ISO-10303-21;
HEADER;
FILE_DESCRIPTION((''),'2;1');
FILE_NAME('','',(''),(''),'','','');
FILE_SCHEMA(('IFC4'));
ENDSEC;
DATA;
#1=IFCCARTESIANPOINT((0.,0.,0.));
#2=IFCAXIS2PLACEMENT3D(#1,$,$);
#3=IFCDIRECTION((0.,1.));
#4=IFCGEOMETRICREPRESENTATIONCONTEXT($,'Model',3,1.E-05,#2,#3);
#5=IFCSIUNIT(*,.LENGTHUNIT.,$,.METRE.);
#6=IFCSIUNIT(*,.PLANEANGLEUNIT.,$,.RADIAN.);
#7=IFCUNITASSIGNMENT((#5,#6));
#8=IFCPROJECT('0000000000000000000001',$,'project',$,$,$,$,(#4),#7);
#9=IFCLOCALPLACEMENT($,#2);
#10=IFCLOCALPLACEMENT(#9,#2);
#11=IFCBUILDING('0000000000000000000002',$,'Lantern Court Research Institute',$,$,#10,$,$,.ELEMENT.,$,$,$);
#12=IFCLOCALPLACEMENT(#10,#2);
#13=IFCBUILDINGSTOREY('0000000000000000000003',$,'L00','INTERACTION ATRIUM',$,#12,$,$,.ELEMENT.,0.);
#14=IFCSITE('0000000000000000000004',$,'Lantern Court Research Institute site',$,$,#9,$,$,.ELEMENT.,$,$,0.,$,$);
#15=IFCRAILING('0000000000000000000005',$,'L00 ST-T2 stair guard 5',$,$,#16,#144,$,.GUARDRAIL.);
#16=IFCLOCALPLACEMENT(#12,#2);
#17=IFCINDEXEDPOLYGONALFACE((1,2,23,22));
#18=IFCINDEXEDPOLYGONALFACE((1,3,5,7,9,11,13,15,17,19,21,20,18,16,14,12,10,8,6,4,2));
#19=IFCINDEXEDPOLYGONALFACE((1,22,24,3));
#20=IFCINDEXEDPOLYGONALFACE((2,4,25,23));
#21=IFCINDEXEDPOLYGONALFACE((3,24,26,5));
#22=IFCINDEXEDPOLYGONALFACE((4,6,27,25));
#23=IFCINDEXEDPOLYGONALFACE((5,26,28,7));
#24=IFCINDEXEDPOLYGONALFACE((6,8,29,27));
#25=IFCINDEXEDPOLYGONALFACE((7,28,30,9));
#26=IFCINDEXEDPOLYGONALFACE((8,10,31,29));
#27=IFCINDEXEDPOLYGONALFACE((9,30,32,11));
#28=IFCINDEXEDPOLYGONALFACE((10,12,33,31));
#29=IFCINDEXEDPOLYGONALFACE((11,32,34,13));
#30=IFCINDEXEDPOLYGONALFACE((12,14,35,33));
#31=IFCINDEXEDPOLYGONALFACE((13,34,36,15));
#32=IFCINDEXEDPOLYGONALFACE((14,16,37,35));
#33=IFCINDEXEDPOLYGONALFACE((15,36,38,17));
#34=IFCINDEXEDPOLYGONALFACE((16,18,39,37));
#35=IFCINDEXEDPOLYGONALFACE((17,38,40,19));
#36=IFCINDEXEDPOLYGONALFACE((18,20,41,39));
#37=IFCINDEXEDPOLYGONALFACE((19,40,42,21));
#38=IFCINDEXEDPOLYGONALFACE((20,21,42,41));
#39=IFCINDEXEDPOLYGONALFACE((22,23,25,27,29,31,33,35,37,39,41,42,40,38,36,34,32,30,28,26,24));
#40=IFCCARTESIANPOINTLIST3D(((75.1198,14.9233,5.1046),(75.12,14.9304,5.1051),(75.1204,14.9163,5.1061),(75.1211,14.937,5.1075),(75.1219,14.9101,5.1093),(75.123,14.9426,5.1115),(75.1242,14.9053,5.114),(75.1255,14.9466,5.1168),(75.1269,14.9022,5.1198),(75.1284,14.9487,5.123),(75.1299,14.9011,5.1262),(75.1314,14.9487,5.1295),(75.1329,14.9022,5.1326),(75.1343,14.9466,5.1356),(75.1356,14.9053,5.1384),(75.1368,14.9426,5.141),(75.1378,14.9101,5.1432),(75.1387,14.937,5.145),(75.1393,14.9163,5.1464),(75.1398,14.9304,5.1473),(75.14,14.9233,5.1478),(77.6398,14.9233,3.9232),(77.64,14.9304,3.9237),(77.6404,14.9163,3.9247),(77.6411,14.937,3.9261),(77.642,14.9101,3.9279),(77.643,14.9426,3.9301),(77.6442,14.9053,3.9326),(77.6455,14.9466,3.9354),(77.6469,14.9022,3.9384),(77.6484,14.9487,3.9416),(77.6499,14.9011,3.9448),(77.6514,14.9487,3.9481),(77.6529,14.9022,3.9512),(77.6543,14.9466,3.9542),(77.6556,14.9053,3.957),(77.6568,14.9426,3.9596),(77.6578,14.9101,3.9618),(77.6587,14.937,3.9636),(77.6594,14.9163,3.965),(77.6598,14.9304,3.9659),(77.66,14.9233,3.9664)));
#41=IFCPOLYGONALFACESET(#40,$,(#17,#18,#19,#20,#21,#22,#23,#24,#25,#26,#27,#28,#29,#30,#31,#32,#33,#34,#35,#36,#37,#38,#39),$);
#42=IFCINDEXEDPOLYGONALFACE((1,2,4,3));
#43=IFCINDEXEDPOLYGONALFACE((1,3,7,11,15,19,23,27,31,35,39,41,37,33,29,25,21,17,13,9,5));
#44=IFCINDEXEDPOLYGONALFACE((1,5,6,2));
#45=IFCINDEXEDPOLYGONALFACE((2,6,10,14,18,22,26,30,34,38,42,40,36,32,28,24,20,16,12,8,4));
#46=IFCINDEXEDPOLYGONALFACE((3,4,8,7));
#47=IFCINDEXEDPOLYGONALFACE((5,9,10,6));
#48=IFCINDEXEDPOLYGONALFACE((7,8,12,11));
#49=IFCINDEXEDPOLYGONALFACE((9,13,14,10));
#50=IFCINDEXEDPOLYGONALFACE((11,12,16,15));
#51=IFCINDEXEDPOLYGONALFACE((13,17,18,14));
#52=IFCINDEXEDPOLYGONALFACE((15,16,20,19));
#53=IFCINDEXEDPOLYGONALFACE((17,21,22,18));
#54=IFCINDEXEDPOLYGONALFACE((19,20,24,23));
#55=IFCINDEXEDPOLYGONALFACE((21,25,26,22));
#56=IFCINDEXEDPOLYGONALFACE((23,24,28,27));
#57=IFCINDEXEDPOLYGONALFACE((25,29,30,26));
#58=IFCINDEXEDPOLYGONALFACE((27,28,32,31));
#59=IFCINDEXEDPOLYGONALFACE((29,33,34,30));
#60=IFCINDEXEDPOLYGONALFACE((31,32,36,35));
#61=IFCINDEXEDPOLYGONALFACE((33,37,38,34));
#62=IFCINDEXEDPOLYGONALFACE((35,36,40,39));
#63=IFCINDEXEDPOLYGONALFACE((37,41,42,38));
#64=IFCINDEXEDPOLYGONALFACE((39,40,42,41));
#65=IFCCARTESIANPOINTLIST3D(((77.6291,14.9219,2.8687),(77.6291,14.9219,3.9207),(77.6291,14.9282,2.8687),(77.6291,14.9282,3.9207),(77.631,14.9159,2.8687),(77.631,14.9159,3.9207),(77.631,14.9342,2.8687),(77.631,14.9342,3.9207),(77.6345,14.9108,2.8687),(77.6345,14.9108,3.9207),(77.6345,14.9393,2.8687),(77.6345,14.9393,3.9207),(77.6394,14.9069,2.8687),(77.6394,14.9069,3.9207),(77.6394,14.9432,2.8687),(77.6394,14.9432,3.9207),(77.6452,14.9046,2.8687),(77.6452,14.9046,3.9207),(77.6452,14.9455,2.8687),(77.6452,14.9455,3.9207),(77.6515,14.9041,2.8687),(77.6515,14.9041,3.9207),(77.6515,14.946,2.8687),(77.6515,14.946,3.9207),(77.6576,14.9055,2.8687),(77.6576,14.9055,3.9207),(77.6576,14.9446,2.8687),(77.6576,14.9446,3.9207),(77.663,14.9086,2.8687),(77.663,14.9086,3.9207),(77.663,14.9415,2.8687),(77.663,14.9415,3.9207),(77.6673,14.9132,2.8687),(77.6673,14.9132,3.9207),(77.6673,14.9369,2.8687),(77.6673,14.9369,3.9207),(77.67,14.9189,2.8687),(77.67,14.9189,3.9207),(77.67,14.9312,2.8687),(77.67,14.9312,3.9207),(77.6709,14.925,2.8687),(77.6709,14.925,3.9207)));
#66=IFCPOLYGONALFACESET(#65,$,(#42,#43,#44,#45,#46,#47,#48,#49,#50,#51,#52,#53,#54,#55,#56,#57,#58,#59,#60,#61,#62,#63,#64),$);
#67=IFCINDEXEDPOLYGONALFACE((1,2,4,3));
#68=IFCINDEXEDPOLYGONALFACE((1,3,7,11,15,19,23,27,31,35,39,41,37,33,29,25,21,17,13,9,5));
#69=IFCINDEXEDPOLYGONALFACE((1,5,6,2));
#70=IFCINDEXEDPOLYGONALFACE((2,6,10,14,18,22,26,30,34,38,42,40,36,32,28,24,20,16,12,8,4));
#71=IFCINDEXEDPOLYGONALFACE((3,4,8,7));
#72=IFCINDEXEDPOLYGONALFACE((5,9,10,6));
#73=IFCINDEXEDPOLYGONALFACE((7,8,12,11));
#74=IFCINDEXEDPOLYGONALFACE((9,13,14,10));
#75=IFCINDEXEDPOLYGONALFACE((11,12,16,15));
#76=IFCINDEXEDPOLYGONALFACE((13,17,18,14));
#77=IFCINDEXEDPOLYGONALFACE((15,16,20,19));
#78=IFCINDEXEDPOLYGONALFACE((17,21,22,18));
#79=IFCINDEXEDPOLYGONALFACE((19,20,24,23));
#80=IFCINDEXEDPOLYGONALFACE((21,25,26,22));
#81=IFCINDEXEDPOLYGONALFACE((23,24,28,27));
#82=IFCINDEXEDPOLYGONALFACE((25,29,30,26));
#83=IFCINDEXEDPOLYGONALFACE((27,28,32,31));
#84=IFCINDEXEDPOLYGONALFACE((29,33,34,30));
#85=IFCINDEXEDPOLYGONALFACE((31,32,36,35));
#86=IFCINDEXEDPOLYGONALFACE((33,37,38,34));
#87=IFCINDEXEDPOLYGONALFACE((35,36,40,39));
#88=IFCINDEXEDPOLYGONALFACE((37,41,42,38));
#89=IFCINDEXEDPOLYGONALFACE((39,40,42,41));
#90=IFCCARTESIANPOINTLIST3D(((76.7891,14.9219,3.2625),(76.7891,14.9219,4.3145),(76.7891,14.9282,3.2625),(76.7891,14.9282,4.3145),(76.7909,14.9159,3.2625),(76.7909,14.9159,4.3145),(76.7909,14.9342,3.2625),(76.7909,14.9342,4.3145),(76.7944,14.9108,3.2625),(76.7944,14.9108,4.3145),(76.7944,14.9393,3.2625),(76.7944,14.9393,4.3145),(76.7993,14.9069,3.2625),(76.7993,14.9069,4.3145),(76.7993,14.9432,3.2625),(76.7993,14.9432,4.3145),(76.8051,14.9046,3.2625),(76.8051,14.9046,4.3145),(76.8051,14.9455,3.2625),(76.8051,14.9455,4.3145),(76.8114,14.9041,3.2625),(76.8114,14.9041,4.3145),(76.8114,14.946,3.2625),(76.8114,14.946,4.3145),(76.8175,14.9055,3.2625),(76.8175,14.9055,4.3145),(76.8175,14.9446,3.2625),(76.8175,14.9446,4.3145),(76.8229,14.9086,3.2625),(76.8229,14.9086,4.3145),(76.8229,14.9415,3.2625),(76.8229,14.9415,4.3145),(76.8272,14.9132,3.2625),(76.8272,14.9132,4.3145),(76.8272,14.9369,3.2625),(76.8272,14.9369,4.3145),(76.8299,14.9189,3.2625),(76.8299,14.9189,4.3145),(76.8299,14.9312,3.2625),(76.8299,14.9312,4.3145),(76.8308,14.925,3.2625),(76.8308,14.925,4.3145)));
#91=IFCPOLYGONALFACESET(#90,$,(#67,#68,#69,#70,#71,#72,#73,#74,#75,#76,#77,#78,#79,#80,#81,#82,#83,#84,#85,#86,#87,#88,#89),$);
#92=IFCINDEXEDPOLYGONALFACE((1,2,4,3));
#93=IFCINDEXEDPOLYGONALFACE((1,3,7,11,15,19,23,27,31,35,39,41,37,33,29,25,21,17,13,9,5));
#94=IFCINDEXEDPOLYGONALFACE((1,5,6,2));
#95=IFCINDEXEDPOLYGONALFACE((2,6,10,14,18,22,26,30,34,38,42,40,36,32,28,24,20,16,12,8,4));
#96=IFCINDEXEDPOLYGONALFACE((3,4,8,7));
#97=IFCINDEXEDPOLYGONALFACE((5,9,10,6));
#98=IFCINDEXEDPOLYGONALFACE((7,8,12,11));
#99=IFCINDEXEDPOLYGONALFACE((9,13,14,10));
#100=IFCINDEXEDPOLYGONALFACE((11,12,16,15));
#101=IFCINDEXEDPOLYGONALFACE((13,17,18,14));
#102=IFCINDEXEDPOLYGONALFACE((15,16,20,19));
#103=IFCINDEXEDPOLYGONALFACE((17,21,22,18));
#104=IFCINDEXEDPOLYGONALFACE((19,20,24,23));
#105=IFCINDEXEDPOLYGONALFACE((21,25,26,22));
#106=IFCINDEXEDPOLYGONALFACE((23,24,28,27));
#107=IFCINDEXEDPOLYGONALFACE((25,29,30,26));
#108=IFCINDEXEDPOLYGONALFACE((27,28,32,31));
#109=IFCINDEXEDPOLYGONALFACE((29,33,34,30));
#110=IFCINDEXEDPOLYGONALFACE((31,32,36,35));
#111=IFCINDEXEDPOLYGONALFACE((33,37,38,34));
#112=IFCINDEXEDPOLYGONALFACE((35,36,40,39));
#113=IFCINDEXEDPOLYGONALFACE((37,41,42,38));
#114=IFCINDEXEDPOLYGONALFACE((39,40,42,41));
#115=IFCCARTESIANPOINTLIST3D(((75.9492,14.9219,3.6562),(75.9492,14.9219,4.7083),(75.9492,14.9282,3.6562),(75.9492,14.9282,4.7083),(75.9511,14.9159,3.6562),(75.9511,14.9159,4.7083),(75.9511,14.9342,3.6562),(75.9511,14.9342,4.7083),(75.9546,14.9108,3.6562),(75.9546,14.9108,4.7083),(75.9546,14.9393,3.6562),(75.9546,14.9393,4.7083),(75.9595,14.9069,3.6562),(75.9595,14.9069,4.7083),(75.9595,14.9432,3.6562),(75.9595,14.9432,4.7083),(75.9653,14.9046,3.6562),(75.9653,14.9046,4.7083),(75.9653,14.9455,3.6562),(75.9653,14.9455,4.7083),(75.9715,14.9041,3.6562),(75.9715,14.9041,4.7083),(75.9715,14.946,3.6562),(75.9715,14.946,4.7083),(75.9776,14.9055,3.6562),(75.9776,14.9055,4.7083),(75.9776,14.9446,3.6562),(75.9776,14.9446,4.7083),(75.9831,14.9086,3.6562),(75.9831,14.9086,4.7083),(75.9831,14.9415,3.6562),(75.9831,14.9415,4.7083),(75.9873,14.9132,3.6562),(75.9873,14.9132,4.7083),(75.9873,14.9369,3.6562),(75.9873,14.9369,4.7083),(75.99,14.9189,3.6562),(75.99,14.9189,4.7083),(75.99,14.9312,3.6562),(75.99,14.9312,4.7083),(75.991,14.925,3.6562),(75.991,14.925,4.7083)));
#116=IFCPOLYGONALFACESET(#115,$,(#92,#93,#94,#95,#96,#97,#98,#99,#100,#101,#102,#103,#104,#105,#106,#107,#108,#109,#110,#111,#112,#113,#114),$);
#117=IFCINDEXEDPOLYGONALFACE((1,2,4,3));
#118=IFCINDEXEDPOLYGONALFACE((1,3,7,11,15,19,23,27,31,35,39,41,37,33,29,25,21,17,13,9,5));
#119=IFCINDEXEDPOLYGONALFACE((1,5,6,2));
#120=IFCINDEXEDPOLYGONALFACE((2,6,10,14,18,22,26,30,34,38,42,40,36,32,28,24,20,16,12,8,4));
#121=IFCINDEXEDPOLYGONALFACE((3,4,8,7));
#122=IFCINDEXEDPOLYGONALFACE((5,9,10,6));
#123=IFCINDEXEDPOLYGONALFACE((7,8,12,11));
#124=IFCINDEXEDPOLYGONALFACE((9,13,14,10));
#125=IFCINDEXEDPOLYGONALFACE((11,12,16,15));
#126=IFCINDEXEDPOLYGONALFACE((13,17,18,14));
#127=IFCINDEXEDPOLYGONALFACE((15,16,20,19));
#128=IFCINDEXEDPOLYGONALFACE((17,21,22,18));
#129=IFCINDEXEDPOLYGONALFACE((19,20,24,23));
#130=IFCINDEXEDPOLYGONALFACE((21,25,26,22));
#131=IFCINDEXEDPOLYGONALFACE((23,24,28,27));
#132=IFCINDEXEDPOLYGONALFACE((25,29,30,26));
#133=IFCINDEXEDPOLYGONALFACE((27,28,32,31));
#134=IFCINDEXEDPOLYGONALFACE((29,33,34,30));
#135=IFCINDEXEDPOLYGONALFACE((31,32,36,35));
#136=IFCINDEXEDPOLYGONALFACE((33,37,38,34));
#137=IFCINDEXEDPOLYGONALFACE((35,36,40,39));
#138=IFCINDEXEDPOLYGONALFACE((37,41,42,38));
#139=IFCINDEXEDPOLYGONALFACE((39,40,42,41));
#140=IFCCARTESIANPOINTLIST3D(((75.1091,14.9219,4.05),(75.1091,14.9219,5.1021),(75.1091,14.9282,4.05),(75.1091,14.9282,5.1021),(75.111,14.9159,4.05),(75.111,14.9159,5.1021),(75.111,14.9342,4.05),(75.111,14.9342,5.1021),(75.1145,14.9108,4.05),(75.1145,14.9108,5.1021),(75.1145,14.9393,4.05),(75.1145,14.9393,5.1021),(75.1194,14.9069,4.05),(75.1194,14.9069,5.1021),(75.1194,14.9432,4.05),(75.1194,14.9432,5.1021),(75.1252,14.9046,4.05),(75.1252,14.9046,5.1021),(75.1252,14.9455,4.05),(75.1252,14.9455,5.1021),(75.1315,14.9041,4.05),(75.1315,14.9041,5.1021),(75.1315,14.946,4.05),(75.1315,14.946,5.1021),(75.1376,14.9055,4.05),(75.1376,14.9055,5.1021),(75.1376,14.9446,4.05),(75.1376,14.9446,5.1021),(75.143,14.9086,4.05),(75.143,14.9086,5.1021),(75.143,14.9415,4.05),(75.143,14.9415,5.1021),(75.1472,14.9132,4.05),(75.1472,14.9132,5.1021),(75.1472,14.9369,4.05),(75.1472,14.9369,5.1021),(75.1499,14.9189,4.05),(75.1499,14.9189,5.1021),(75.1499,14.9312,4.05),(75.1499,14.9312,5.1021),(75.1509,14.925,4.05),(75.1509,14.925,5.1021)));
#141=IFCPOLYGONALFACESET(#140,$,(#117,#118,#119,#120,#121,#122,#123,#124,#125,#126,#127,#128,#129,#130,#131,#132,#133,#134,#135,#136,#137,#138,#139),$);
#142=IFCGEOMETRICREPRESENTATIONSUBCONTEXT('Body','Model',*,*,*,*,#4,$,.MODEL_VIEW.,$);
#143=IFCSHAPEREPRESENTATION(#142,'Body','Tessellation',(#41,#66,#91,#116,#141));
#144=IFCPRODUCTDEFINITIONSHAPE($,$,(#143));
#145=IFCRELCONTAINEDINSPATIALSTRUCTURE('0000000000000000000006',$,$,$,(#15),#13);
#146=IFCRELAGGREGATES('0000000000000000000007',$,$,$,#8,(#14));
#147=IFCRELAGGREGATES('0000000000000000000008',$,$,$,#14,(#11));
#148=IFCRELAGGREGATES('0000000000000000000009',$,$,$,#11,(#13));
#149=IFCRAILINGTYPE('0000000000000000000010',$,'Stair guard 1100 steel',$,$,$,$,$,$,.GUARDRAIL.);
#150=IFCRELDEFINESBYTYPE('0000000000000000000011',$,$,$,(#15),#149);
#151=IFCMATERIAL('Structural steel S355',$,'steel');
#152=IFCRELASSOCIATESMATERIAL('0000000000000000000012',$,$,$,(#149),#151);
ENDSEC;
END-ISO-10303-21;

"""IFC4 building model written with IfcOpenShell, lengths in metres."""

from ifc_helpers import new_model, si_unit, direction, frame, origin, origin_2d, place, context, subcontext, project, spatial, circle, extrude, material, type_object, element, save


model = new_model("IFC4")

# Units and contexts
model_context = context("Model", 3, precision=1e-05, world=origin(), true_north=direction((0.0, 1.0)))
body_context = subcontext(model_context, "Body", "Model", "MODEL_VIEW")
ifc_project = project(units=[si_unit("LENGTHUNIT", "METRE"), si_unit("PLANEANGLEUNIT", "RADIAN")], contexts=[model_context])

# Site, building, storey
site_placement = place(None, origin())
site = spatial("IfcSite", under=ifc_project, at=site_placement, Name="Lantern Court Research Institute site", CompositionType="ELEMENT", RefElevation=0.0)
building_placement = place(site_placement, origin())
building = spatial("IfcBuilding", under=site, at=building_placement, Name="Lantern Court Research Institute", CompositionType="ELEMENT")
storey_placement = place(building_placement, origin())
storey = spatial("IfcBuildingStorey", under=building, at=storey_placement, Name="L00", Description="INTERACTION ATRIUM", CompositionType="ELEMENT", Elevation=0.0)

# Railing
ifc_material_1 = material(Name="Structural steel S355", Category="steel")
railing_type_1 = type_object("IfcRailingType", Name="Stair guard 1100 steel", PredefinedType="GUARDRAIL", material=ifc_material_1)
railing_1_placement = place(storey_placement, frame((77.6499, 14.925, 2.8687)))
element("IfcRailing", 1, at=railing_1_placement, inside=storey, type_object=railing_type_1, Name="L00 ST-T2 stair guard 5", PredefinedType="GUARDRAIL", context=body_context, shape_type="SweptSolid", body=[
    extrude(circle(Radius=0.0239, at=origin_2d()), frame((0.0, 0.0, 1.0762), z_axis=(-0.90544, 0.0, 0.424474), x_axis=(0.0, -1.0, 0.0)), (0.0, 0.0, 1.0), 2.7832),
    extrude(circle(Radius=0.021, at=origin_2d()), origin(), (0.0, 0.0, 1.0), 1.052),
    extrude(circle(Radius=0.021, at=origin_2d()), frame((-0.8401, 0.0, 0.3938)), (0.0, 0.0, 1.0), 1.052),
    extrude(circle(Radius=0.021, at=origin_2d()), frame((-1.6799, 0.0, 0.7876)), (0.0, 0.0, 1.0), 1.052),
    extrude(circle(Radius=0.021, at=origin_2d()), frame((-2.52, 0.0, 1.1814)), (0.0, 0.0, 1.0), 1.052),
])

save(model, "model.ifc")
